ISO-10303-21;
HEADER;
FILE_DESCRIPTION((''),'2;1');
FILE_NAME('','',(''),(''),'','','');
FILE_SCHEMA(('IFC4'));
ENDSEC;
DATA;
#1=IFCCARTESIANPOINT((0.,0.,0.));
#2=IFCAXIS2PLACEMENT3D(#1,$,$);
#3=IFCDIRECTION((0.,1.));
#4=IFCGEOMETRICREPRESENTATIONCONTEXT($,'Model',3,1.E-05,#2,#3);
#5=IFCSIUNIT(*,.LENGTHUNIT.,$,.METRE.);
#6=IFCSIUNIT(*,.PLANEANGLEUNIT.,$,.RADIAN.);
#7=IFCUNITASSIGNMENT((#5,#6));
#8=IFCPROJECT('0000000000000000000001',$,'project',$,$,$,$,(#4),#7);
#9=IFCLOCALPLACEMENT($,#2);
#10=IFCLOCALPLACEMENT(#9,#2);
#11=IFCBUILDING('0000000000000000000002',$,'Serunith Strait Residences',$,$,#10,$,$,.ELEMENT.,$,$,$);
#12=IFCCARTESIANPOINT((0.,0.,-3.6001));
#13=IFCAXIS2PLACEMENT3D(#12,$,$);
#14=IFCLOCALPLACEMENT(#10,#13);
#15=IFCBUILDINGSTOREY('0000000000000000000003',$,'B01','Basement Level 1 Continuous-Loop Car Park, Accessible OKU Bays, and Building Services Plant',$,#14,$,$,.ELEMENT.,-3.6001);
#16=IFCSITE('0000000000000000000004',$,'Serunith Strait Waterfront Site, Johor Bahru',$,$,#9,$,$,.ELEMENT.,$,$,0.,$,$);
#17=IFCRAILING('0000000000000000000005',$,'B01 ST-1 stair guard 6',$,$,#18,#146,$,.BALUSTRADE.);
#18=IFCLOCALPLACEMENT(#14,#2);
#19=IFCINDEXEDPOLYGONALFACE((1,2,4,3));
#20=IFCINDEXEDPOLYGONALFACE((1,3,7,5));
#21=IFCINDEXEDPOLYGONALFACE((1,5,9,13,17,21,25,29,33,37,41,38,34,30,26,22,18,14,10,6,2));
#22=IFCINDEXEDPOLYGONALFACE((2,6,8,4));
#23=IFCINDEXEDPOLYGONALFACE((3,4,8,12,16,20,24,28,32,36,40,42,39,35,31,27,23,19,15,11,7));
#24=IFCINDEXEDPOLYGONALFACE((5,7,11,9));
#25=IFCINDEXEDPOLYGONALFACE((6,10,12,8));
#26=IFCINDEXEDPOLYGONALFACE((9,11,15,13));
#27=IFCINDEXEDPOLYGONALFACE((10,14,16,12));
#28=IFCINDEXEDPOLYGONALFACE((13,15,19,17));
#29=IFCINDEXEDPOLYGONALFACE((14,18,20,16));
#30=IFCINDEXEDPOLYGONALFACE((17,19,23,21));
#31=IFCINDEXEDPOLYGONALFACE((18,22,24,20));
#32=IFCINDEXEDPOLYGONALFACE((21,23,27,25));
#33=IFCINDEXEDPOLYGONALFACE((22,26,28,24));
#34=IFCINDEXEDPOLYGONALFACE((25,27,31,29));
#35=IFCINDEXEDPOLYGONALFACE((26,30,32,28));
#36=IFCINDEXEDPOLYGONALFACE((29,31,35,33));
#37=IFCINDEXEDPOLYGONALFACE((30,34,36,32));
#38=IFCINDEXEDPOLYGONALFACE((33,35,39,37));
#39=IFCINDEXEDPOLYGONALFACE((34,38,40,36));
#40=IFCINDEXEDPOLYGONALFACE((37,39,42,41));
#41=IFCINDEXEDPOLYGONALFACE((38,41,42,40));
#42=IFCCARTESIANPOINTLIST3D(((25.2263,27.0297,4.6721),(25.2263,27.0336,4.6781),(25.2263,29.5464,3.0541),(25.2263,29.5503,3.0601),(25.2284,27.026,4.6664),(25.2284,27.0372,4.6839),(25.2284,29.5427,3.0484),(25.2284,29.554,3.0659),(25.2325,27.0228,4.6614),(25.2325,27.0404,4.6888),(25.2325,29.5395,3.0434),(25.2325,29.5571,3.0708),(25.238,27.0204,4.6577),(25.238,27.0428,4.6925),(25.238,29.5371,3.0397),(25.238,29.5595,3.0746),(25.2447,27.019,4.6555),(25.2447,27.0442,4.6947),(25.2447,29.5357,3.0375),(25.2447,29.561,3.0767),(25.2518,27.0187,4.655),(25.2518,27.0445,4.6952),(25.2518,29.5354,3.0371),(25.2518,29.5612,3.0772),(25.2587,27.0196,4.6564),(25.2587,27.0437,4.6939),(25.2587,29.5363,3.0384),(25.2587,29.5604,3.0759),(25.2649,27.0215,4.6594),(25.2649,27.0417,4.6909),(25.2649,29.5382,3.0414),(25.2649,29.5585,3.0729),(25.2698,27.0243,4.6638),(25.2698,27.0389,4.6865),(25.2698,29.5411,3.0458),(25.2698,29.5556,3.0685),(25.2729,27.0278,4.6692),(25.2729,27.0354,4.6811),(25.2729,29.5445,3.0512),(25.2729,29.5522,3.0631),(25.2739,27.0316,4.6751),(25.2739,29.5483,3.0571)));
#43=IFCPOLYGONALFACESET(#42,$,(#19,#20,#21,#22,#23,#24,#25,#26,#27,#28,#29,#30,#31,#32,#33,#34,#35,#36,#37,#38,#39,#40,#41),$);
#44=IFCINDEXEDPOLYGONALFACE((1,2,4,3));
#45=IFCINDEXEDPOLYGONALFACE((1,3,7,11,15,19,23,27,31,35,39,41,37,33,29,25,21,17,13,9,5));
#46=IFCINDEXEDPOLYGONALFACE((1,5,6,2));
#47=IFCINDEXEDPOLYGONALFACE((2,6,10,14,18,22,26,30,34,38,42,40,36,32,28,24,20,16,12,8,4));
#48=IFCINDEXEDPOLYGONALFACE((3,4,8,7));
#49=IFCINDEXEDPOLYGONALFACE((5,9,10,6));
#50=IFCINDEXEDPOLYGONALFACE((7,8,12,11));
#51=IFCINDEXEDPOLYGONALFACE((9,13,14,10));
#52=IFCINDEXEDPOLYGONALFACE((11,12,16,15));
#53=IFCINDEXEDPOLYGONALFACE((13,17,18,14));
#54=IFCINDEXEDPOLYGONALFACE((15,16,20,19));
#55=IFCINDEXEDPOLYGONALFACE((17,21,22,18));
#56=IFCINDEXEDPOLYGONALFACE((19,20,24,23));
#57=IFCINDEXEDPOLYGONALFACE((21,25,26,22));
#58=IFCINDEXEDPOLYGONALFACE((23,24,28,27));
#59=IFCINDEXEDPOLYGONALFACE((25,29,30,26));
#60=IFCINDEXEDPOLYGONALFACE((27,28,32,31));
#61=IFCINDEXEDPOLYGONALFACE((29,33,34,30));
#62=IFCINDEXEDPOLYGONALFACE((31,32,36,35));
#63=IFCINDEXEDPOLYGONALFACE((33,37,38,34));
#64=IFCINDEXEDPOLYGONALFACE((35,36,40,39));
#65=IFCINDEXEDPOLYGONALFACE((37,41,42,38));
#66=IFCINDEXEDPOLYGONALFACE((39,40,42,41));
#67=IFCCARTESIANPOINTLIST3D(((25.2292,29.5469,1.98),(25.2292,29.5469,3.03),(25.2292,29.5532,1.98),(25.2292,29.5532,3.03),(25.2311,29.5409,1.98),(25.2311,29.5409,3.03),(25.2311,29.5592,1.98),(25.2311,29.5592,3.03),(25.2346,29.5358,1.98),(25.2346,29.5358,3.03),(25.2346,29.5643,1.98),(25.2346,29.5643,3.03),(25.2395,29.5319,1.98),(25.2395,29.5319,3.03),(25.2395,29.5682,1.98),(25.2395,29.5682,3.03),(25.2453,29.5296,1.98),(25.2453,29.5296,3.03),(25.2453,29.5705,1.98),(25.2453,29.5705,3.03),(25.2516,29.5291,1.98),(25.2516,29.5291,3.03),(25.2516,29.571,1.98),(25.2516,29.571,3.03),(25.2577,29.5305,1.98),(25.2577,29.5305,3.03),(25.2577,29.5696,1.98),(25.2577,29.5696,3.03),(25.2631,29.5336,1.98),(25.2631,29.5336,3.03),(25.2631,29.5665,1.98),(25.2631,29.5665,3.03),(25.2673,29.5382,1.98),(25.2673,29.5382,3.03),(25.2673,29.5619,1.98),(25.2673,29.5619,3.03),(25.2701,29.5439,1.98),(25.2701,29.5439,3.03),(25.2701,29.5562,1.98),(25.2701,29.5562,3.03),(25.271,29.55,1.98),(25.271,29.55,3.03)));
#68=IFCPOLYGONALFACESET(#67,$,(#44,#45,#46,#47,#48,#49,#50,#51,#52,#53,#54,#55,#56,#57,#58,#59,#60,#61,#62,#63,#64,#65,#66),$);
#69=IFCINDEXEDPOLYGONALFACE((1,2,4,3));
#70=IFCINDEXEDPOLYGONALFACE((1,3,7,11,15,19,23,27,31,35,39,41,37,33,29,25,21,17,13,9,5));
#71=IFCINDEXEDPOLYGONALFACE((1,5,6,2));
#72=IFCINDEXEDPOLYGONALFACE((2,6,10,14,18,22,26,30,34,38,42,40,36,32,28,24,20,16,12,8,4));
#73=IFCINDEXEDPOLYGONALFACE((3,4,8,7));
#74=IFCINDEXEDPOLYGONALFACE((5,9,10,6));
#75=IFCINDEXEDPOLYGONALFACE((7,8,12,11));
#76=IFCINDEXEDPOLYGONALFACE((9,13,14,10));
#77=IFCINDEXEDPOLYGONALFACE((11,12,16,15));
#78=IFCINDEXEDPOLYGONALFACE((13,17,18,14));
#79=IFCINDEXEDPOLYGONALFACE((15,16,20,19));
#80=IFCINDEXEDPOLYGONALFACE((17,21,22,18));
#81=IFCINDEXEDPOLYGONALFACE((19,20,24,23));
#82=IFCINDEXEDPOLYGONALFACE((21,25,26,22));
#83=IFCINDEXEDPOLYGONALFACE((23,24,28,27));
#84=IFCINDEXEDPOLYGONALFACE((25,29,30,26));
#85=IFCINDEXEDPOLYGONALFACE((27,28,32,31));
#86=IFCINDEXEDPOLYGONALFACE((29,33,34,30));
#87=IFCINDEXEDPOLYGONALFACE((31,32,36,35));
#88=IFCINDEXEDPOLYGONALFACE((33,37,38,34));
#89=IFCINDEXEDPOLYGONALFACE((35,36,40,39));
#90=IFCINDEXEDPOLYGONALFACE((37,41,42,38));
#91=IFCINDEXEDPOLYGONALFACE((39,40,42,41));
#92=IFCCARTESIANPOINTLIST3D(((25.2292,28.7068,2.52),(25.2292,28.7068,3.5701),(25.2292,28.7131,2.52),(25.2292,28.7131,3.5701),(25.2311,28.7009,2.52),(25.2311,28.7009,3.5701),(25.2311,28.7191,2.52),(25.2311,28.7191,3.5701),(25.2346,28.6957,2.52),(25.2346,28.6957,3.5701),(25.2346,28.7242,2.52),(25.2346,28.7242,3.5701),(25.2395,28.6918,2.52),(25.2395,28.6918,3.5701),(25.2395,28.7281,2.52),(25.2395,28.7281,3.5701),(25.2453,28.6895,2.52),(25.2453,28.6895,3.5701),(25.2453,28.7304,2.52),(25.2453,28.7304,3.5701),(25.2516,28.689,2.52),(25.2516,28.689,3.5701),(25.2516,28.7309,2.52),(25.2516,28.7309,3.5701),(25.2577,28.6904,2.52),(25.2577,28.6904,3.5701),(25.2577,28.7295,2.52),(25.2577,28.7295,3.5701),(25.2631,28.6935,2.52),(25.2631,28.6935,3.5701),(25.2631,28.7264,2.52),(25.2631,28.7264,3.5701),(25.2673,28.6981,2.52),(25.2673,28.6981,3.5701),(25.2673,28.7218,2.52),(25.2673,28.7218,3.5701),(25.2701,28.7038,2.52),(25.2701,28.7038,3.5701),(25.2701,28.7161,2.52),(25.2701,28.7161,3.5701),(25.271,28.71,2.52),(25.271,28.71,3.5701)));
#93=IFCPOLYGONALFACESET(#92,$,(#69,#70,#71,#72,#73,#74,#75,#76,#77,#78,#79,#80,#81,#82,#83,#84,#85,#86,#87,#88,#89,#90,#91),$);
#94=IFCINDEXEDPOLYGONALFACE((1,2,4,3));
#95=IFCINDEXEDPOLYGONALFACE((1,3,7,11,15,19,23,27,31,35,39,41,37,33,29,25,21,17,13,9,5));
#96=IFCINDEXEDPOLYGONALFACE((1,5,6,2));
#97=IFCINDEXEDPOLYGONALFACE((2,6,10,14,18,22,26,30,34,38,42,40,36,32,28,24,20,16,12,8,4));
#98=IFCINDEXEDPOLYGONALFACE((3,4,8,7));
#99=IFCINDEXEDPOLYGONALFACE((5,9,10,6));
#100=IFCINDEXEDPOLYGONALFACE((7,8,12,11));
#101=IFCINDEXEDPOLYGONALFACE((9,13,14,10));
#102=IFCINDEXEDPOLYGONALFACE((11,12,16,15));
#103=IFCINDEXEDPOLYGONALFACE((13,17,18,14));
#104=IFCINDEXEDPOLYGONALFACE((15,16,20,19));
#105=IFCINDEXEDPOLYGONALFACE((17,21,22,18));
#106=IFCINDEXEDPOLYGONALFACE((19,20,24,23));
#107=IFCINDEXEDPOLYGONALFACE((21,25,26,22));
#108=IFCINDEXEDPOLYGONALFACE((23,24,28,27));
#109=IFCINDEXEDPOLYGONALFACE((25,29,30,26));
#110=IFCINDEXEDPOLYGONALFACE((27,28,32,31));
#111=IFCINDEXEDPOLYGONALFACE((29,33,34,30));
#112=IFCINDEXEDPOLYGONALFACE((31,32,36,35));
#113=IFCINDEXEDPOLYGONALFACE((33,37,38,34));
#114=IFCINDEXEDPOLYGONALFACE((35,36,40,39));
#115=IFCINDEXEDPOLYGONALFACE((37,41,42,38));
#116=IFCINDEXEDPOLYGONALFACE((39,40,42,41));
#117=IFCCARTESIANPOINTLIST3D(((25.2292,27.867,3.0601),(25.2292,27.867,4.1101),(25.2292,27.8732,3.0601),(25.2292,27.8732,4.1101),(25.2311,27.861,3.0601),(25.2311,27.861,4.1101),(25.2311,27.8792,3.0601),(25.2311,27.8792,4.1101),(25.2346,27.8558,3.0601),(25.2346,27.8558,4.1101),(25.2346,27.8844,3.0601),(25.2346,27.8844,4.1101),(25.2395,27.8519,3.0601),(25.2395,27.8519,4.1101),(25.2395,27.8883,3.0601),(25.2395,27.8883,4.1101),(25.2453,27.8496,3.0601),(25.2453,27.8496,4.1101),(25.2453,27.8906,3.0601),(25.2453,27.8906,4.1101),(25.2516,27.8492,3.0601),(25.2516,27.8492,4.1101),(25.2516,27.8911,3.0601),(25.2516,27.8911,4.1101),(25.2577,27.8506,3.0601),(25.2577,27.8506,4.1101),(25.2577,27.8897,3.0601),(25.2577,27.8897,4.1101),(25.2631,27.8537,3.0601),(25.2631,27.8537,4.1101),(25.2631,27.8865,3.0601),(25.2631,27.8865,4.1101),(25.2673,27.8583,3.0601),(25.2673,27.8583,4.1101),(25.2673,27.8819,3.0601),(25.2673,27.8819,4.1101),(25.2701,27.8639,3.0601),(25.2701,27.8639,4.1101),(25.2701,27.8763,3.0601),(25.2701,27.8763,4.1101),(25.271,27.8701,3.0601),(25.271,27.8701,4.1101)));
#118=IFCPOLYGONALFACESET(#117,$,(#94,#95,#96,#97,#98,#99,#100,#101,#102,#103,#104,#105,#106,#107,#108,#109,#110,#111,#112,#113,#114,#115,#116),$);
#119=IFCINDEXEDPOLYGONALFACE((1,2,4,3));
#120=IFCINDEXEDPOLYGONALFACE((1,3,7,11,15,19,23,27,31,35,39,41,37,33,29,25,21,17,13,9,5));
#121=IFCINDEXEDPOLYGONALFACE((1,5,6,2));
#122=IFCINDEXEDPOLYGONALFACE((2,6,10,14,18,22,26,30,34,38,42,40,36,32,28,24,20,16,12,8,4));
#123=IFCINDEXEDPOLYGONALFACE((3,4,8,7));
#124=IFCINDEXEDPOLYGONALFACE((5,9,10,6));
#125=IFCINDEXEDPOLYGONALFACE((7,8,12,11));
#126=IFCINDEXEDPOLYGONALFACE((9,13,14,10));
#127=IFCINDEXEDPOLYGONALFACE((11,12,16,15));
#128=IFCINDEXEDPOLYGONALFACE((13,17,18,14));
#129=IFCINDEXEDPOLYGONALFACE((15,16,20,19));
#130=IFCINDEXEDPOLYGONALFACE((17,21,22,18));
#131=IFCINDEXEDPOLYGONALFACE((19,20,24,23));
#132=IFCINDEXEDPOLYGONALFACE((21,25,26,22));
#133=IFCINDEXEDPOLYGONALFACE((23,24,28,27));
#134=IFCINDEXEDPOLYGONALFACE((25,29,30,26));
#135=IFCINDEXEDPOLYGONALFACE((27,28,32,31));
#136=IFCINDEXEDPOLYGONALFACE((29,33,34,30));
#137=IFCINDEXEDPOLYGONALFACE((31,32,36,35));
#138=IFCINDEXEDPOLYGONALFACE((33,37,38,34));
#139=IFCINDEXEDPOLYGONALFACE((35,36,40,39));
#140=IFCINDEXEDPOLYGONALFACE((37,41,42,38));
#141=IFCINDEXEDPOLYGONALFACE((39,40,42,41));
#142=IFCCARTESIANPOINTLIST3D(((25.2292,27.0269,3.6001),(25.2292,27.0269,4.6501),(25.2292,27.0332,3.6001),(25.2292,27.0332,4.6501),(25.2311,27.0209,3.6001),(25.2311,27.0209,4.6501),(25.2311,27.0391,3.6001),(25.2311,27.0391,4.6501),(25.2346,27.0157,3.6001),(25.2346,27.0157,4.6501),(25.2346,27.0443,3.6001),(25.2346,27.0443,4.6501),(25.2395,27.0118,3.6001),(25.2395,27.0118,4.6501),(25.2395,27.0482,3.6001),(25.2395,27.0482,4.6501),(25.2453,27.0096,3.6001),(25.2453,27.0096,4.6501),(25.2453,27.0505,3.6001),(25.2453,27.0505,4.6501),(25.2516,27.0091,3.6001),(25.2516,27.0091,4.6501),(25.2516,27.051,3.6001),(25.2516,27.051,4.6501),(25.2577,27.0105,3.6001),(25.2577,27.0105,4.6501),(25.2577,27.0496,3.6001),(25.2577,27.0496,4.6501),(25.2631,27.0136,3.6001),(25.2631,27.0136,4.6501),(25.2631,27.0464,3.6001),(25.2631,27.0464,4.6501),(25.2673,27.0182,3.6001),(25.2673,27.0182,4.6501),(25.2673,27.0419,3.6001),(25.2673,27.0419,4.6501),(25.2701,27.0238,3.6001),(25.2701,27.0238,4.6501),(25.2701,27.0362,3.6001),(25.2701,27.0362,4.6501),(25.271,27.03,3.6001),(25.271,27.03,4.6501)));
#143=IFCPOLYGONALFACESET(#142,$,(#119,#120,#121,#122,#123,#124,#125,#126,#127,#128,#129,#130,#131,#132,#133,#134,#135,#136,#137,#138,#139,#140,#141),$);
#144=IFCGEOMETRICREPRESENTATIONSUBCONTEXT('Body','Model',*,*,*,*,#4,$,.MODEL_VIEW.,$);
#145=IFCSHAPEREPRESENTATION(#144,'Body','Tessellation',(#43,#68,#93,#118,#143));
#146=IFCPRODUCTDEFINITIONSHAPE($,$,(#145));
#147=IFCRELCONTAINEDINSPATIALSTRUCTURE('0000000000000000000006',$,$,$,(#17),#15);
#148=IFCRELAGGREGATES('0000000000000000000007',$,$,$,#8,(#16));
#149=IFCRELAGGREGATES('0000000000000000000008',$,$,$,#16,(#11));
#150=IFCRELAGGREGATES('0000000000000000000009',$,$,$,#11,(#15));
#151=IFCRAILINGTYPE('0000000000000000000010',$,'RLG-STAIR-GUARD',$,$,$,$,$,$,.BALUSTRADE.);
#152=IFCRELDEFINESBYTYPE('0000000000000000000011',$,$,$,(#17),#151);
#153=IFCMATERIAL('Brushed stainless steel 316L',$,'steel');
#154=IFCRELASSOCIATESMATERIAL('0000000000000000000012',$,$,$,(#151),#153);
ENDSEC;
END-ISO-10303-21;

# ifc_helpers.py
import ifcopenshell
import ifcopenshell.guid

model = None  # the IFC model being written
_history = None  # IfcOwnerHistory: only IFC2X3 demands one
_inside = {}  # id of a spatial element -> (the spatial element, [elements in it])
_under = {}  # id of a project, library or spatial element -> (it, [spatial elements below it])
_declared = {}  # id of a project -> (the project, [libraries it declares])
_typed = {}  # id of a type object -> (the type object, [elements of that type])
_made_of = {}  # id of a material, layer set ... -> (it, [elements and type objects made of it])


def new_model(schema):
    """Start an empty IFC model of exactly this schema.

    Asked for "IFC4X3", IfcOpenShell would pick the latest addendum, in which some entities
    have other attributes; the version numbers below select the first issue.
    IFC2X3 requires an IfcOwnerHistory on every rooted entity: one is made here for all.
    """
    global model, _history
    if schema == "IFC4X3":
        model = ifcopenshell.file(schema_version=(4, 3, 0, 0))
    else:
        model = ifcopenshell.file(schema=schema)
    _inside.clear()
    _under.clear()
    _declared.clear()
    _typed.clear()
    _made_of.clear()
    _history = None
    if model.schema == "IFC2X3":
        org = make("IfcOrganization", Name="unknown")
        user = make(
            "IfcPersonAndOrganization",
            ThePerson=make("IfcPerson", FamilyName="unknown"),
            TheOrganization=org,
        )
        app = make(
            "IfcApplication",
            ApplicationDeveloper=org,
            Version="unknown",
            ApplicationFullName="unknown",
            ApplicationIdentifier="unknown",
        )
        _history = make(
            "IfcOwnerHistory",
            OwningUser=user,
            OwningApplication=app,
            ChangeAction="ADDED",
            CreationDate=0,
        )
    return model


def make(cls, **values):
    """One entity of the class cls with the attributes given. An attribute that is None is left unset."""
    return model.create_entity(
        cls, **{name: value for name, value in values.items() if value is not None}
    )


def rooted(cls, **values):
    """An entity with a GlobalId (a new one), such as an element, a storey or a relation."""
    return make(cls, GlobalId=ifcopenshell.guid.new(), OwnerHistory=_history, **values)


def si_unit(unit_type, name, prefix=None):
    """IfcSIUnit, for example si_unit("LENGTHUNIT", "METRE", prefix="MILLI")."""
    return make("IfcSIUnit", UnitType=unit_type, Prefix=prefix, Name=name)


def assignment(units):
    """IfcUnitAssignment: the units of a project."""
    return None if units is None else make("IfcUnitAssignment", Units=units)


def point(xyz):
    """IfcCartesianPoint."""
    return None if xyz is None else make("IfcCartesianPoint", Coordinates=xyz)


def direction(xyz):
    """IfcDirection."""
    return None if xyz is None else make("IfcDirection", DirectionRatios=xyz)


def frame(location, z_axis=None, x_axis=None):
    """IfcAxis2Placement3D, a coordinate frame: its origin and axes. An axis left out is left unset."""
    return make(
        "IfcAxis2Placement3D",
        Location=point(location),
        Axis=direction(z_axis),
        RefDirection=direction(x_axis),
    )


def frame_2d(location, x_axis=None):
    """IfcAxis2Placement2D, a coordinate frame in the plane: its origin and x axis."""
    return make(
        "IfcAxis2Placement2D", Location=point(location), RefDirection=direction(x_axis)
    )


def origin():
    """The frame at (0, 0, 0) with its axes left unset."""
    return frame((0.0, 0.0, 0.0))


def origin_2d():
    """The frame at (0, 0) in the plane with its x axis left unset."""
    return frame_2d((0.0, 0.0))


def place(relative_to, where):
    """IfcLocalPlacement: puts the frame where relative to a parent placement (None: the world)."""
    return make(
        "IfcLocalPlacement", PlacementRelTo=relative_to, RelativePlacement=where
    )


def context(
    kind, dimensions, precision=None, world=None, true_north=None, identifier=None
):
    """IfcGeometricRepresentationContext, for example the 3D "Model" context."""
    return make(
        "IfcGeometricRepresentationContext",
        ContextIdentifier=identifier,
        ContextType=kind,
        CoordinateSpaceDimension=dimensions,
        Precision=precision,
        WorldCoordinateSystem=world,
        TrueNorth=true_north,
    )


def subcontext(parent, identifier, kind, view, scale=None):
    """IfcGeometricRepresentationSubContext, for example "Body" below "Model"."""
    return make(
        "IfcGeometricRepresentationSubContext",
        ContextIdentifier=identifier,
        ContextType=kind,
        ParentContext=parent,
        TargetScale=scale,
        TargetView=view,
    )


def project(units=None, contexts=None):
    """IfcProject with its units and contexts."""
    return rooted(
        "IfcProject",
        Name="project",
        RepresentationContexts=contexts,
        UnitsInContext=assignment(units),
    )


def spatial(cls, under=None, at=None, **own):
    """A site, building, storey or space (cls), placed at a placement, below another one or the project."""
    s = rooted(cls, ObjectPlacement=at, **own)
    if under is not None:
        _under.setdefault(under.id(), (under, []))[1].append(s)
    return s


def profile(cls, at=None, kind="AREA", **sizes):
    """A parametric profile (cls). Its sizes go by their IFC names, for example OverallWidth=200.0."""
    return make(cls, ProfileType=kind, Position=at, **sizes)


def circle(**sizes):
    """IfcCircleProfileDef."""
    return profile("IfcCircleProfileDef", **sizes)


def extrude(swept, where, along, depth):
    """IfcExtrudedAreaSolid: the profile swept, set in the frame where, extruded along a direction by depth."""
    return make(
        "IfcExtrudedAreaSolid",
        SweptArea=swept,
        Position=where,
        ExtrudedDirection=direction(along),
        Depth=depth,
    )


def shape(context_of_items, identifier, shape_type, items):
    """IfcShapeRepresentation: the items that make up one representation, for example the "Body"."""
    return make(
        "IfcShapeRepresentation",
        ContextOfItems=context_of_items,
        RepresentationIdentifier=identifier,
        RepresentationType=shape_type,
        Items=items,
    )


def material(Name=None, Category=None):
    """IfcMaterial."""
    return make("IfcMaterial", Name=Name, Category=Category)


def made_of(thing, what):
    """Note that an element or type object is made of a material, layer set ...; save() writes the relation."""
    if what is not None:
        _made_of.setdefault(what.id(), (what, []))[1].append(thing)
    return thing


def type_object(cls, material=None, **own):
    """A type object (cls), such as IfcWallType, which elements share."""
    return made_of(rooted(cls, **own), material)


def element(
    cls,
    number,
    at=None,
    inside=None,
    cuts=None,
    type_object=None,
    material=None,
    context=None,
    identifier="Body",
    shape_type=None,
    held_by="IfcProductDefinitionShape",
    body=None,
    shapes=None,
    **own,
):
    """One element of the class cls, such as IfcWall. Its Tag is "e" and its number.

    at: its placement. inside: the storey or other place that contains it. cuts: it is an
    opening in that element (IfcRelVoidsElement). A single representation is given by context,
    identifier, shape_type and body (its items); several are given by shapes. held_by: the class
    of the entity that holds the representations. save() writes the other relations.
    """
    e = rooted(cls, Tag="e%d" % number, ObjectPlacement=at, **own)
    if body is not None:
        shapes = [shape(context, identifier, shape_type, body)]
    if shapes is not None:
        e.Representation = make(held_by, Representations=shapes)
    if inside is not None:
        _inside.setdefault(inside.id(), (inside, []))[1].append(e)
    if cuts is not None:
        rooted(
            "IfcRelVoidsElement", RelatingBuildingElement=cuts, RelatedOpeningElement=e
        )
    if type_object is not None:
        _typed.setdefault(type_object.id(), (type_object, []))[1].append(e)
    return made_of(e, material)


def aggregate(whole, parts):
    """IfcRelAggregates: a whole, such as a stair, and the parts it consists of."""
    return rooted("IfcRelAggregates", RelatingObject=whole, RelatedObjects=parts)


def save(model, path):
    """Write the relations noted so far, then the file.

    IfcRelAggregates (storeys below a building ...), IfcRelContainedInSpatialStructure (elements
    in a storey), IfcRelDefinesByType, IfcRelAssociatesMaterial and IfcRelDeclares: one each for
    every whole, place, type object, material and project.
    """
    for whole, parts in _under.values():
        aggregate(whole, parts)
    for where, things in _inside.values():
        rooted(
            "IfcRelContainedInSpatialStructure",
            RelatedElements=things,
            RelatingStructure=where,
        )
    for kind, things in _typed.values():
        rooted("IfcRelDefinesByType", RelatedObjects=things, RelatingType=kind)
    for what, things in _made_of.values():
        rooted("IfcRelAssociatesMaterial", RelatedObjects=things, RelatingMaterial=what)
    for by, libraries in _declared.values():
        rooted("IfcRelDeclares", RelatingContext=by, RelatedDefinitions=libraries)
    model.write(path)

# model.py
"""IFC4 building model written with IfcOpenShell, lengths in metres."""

from ifc_helpers import new_model, si_unit, direction, frame, origin, origin_2d, place, context, subcontext, project, spatial, circle, extrude, material, type_object, element, save


model = new_model("IFC4")

# Units and contexts
model_context = context("Model", 3, precision=1e-05, world=origin(), true_north=direction((0.0, 1.0)))
body_context = subcontext(model_context, "Body", "Model", "MODEL_VIEW")
ifc_project = project(units=[si_unit("LENGTHUNIT", "METRE"), si_unit("PLANEANGLEUNIT", "RADIAN")], contexts=[model_context])

# Site, building, storey
site_placement = place(None, origin())
site = spatial("IfcSite", under=ifc_project, at=site_placement, Name="Serunith Strait Waterfront Site, Johor Bahru", CompositionType="ELEMENT", RefElevation=0.0)
building_placement = place(site_placement, origin())
building = spatial("IfcBuilding", under=site, at=building_placement, Name="Serunith Strait Residences", CompositionType="ELEMENT")
storey_placement = place(building_placement, frame((0.0, 0.0, -3.6001)))
storey = spatial("IfcBuildingStorey", under=building, at=storey_placement, Name="B01", Description="Basement Level 1 Continuous-Loop Car Park, Accessible OKU Bays, and Building Services Plant", CompositionType="ELEMENT", Elevation=-3.6001)

# Railing
ifc_material_1 = material(Name="Brushed stainless steel 316L", Category="steel")
railing_type_1 = type_object("IfcRailingType", Name="RLG-STAIR-GUARD", PredefinedType="BALUSTRADE", material=ifc_material_1)
railing_1_placement = place(storey_placement, frame((25.25, 29.55, 1.98)))
element("IfcRailing", 1, at=railing_1_placement, inside=storey, type_object=railing_type_1, Name="B01 ST-1 stair guard 6", PredefinedType="BALUSTRADE", context=body_context, shape_type="SweptSolid", body=[
    extrude(circle(Radius=0.0239, at=origin_2d()), frame((0.0, -0.0017, 1.0771), z_axis=(0.0, -0.841163, 0.540782), x_axis=(1.0, 0.0, 0.0)), (0.0, 0.0, 1.0), 2.9919),
    extrude(circle(Radius=0.021, at=origin_2d()), origin(), (0.0, 0.0, 1.0), 1.05),
    extrude(circle(Radius=0.021, at=origin_2d()), frame((0.0, -0.8401, 0.54)), (0.0, 0.0, 1.0), 1.05),
    extrude(circle(Radius=0.021, at=origin_2d()), frame((0.0, -1.6799, 1.0801)), (0.0, 0.0, 1.0), 1.05),
    extrude(circle(Radius=0.021, at=origin_2d()), frame((0.0, -2.52, 1.6201)), (0.0, 0.0, 1.0), 1.05),
])

save(model, "model.ifc")
